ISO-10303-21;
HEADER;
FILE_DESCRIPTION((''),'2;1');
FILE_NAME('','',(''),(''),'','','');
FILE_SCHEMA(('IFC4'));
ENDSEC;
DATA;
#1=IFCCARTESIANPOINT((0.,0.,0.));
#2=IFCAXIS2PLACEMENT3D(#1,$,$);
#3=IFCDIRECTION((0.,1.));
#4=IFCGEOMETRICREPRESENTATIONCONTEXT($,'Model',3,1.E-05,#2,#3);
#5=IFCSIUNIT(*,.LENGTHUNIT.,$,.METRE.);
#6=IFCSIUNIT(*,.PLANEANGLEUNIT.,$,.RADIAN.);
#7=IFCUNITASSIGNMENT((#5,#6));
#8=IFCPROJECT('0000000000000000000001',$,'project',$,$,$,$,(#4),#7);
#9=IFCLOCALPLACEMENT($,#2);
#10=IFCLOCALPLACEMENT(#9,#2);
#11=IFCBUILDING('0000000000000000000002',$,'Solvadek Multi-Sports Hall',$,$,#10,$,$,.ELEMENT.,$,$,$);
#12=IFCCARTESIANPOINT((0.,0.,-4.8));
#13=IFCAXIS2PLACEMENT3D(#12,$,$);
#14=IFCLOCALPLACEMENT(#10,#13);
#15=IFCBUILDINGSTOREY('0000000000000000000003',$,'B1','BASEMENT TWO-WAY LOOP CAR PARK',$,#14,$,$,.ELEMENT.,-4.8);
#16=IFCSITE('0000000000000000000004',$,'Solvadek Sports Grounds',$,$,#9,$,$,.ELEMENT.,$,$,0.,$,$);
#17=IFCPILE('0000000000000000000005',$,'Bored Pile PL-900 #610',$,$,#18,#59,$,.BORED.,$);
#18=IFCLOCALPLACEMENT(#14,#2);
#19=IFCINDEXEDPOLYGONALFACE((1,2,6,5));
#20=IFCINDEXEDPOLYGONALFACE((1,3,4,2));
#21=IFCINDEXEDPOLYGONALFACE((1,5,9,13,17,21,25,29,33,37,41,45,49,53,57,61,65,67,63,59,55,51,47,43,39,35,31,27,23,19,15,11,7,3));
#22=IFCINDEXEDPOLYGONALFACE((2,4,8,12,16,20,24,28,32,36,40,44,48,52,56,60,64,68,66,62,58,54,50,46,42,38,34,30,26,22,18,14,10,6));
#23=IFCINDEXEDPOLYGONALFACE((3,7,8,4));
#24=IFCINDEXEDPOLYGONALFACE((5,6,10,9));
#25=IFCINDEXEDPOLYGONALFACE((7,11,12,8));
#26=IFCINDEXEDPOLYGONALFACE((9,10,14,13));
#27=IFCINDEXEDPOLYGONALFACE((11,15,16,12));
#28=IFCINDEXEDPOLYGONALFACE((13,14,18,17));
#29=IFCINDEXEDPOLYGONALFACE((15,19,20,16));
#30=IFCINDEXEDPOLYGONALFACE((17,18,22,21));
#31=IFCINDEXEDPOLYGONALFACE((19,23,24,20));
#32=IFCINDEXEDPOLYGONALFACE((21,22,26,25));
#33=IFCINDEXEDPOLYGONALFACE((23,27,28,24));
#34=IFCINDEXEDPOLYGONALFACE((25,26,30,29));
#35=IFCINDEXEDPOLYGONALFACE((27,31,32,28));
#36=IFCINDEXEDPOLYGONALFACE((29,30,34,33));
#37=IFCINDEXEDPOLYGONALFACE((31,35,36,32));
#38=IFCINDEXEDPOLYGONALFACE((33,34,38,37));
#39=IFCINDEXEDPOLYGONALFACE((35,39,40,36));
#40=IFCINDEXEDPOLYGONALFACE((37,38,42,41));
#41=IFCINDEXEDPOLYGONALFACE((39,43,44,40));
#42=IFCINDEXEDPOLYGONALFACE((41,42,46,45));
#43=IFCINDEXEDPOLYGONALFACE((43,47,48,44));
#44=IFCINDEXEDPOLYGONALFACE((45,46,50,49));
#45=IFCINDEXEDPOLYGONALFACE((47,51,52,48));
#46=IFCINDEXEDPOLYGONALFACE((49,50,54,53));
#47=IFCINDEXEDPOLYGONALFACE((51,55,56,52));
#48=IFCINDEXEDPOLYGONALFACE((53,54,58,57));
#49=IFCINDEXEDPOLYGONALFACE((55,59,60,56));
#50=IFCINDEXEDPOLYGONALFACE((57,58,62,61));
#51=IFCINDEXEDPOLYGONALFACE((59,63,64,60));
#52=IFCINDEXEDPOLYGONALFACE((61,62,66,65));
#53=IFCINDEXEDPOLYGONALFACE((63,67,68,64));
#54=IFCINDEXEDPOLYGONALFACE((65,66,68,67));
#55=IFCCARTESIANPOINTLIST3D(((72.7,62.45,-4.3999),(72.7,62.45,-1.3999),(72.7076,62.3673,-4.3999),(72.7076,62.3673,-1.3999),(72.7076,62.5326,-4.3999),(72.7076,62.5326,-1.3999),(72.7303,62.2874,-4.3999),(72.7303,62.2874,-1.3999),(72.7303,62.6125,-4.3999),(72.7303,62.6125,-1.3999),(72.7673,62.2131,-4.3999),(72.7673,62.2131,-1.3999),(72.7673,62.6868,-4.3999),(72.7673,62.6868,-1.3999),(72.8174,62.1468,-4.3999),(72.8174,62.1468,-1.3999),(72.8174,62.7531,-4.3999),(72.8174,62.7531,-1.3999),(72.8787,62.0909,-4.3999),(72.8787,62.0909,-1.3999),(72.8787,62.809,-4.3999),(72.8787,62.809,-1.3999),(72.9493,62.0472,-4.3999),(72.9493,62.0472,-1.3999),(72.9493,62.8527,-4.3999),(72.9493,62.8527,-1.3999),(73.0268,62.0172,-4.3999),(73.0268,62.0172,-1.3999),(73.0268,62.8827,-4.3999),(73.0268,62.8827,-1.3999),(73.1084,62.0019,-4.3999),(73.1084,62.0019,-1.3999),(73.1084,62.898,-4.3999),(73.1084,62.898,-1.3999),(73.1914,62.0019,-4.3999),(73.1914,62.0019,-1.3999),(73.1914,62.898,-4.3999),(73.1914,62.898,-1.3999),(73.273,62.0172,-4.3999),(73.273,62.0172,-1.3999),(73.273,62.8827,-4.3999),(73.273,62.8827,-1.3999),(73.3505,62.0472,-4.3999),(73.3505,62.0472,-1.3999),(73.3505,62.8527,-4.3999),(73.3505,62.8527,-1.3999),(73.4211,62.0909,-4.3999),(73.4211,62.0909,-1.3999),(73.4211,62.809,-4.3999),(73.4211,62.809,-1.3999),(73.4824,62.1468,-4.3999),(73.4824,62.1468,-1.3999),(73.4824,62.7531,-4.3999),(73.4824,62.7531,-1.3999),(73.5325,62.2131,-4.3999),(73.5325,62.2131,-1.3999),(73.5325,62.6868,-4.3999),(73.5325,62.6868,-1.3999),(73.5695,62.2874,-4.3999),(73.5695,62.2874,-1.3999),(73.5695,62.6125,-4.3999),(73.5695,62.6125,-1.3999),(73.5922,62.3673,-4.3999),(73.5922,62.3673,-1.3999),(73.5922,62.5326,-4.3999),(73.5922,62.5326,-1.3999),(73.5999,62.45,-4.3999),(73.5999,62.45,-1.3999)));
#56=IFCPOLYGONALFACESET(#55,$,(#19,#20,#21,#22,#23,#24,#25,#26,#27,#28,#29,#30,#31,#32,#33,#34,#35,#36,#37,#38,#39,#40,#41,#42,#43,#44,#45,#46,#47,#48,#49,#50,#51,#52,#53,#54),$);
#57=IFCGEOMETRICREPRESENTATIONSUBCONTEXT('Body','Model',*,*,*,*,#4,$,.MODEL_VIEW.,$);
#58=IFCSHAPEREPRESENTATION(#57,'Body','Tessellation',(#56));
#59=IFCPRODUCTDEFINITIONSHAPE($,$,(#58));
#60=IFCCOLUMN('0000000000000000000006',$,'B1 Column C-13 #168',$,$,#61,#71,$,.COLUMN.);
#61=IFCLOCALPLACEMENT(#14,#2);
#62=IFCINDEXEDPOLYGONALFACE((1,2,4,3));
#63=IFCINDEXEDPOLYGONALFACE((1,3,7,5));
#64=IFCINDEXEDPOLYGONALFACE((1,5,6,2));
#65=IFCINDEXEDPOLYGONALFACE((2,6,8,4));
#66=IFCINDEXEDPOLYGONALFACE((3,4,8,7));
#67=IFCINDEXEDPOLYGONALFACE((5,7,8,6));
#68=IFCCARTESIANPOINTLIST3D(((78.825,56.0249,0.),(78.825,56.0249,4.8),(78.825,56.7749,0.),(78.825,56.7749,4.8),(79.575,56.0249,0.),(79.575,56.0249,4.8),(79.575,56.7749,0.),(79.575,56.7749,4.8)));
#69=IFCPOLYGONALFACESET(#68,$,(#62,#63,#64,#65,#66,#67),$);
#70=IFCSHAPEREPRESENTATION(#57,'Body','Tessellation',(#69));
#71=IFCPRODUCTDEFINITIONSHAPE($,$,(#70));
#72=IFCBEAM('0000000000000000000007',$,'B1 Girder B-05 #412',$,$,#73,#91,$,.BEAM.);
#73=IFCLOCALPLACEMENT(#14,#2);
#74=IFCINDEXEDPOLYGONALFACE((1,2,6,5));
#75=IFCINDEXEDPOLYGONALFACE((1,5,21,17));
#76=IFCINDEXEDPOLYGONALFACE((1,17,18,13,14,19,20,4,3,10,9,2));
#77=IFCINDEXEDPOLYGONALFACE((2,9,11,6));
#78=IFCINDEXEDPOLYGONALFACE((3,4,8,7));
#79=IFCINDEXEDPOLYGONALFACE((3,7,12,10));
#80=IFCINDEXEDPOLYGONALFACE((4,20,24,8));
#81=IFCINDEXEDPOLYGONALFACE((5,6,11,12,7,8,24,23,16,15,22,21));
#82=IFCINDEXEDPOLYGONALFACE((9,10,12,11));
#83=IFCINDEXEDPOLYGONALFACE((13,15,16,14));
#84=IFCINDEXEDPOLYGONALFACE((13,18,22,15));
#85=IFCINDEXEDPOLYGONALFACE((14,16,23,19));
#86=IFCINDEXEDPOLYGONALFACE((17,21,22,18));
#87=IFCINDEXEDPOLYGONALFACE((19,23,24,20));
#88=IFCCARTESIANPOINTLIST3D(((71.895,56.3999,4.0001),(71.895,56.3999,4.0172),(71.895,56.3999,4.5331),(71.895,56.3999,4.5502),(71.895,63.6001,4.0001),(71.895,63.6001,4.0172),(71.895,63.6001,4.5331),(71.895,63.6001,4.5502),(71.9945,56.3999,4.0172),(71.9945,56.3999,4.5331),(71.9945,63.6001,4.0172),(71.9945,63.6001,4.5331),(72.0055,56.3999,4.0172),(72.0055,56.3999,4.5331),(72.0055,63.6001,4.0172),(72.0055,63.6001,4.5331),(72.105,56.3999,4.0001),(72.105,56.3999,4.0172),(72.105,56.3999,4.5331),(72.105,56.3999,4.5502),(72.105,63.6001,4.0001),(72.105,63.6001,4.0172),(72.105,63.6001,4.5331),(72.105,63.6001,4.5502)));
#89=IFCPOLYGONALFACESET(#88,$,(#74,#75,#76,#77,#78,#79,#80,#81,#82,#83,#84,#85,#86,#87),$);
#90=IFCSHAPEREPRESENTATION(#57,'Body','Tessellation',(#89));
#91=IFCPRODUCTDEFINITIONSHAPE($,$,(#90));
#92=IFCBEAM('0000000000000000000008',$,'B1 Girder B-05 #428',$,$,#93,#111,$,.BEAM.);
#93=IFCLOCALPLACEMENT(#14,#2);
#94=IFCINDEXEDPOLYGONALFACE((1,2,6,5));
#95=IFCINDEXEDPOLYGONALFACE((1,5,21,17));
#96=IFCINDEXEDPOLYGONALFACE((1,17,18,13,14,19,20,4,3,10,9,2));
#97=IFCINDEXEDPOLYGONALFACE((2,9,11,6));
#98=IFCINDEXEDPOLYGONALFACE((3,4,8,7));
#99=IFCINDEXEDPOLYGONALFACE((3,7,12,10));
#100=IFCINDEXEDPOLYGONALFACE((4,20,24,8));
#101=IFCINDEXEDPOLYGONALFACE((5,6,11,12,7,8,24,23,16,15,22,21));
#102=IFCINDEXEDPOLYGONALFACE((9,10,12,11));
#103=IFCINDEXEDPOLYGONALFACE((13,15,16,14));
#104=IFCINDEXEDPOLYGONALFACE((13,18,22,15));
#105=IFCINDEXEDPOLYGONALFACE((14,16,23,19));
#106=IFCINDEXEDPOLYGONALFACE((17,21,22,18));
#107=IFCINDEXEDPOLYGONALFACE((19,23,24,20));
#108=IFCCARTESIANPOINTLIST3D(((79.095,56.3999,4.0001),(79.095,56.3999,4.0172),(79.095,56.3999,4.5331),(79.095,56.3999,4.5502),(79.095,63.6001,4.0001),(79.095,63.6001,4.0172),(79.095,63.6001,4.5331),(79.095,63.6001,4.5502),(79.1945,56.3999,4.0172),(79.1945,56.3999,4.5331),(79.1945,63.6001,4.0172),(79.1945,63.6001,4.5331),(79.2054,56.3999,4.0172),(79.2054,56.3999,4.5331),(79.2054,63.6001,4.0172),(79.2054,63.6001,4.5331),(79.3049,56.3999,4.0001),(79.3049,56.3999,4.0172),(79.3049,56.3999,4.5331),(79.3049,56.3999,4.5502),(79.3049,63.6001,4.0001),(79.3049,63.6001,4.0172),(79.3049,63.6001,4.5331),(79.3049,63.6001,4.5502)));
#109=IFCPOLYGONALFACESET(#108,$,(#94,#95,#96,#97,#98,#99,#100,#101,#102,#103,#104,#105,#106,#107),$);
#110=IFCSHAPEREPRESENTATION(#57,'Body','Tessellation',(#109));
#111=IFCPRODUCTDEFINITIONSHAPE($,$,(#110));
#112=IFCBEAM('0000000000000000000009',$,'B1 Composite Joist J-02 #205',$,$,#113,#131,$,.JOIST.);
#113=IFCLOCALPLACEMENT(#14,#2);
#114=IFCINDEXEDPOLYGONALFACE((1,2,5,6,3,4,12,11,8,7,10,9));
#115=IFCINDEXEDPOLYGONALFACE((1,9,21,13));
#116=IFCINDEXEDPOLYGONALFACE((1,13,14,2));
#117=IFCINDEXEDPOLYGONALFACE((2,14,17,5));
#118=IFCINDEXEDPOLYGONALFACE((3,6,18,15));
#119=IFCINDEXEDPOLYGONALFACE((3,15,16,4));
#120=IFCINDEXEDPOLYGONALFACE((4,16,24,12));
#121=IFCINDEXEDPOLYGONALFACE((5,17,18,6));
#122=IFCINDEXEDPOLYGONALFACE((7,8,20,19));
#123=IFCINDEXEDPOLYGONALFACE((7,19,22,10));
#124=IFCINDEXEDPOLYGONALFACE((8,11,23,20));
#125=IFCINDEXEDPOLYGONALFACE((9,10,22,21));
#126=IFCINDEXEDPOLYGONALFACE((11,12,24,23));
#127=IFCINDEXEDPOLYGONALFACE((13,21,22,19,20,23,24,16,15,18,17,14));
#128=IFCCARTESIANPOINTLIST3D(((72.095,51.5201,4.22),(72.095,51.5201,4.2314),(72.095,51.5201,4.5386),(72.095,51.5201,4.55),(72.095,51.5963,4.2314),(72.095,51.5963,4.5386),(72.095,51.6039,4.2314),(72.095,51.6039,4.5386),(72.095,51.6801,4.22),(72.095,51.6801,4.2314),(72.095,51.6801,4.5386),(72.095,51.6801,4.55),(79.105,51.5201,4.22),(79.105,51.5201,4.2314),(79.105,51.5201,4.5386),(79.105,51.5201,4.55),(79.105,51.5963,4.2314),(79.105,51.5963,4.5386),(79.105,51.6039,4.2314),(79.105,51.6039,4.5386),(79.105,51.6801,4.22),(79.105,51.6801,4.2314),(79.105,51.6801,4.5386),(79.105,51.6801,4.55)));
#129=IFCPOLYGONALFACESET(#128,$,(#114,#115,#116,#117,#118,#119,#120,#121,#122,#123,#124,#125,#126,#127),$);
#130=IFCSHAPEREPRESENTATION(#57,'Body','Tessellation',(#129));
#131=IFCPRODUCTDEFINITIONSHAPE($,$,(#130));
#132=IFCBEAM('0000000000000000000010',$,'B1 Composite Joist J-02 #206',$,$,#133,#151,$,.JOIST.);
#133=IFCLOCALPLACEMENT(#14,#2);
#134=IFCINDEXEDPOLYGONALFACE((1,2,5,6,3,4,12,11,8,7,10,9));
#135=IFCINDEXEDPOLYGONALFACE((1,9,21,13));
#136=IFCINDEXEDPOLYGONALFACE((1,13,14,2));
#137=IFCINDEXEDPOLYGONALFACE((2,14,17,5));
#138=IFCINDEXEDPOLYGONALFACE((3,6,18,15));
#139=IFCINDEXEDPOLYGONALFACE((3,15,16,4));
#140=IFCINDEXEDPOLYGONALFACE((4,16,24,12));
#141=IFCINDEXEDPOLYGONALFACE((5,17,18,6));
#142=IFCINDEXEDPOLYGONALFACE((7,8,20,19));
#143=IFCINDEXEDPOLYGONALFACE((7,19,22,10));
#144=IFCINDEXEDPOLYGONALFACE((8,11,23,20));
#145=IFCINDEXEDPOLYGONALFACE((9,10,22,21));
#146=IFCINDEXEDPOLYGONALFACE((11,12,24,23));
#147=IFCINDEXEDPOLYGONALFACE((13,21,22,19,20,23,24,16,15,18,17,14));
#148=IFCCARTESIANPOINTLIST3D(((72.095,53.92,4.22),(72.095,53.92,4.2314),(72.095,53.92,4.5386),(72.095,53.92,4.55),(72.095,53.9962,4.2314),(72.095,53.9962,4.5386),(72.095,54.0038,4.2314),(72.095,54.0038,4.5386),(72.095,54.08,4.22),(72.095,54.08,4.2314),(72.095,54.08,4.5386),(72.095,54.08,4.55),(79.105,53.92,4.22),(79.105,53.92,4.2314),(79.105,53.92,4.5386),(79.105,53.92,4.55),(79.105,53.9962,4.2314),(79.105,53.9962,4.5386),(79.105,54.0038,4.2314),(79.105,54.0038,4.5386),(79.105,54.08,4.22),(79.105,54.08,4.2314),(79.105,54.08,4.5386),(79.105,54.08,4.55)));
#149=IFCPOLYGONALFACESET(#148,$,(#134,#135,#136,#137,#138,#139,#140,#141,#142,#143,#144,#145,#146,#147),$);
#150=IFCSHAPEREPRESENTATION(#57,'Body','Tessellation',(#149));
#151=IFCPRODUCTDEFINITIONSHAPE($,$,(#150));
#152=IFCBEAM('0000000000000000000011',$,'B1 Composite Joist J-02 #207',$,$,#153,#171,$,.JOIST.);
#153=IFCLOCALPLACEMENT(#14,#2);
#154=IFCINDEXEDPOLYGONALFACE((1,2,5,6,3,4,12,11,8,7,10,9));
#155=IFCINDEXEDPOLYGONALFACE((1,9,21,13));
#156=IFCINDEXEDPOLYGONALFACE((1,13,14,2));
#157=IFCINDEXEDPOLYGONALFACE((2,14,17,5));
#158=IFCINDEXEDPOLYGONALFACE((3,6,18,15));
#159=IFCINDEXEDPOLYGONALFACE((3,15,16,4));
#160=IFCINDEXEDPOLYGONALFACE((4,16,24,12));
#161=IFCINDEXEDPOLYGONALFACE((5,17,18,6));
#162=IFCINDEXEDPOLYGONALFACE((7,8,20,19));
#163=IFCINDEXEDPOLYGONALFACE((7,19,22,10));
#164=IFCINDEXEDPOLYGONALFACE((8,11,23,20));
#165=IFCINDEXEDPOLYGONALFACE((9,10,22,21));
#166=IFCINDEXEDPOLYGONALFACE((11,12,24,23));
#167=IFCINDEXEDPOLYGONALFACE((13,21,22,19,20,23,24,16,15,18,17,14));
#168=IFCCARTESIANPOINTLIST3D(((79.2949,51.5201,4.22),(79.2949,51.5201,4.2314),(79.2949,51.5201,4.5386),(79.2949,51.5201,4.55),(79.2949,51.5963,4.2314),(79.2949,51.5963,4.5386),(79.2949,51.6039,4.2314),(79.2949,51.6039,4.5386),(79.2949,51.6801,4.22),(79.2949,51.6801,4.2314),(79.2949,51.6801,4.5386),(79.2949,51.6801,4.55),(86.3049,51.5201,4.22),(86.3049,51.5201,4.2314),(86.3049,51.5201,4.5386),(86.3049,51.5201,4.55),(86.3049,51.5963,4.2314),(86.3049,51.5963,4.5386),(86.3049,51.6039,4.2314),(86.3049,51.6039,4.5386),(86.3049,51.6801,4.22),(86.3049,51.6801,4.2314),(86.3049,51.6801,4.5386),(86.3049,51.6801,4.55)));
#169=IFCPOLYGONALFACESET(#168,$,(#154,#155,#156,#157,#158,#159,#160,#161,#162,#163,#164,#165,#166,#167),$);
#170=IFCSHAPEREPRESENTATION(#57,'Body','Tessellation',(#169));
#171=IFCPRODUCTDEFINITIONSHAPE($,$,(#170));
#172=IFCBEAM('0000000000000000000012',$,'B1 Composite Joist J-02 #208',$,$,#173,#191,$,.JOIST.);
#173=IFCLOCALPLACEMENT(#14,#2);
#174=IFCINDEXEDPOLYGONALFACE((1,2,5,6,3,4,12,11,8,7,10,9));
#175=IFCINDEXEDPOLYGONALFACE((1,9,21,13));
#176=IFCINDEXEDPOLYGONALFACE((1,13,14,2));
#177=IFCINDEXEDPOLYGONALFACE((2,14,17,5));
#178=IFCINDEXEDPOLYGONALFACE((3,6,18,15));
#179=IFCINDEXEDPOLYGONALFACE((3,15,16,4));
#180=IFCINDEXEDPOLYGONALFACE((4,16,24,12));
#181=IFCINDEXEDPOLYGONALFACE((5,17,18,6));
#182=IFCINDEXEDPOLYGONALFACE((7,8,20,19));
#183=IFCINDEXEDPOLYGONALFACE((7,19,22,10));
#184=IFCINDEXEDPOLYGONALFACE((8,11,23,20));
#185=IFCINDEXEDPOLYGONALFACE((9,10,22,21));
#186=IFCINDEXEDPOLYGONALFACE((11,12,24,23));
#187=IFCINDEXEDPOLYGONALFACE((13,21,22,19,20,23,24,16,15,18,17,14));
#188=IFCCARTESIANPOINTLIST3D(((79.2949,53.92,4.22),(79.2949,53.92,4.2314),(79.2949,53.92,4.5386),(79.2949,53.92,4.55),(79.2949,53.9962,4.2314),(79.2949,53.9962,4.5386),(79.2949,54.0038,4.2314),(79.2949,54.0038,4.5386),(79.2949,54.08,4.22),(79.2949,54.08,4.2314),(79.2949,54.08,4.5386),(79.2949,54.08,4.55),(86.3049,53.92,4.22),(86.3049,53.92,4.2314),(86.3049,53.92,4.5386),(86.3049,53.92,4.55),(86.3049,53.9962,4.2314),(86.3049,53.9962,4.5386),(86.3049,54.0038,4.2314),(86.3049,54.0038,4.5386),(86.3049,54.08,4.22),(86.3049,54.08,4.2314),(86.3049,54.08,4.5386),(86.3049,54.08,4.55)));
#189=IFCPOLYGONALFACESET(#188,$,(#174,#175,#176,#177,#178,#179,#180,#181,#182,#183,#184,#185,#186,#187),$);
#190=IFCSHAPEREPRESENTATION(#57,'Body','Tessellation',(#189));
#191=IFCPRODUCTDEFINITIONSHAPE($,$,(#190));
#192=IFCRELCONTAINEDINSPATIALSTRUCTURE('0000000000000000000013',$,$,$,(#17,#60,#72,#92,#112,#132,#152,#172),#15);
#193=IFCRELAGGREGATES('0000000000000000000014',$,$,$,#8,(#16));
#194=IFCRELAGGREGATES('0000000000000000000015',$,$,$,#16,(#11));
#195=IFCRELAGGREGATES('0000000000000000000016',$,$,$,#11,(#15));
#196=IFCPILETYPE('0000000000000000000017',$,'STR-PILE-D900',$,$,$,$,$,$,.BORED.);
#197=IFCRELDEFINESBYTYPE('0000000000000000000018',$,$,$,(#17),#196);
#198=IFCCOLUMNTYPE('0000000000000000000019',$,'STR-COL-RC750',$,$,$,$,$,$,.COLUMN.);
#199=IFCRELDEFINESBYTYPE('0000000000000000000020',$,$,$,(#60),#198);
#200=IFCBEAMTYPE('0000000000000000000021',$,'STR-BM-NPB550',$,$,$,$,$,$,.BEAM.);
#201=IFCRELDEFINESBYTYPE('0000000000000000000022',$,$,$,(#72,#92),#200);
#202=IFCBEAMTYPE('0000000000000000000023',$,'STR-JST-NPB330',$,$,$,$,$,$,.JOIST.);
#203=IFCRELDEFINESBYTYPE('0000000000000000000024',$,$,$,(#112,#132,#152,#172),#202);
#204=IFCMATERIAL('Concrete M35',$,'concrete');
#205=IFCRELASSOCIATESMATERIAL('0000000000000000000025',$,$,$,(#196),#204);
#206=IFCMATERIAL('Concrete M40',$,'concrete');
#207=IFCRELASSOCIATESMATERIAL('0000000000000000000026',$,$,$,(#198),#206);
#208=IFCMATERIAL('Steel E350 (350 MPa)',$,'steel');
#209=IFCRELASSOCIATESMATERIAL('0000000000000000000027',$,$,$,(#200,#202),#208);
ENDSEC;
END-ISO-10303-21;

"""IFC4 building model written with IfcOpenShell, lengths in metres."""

from ifc_helpers import new_model, si_unit, direction, frame, origin, origin_2d, place, context, subcontext, project, spatial, rectangle, circle, i_section, extrude, material, material_profile, profile_set, type_object, element, save


model = new_model("IFC4")

# Units and contexts
model_context = context("Model", 3, precision=1e-05, world=origin(), true_north=direction((0.0, 1.0)))
body_context = subcontext(model_context, "Body", "Model", "MODEL_VIEW")
ifc_project = project(units=[si_unit("LENGTHUNIT", "METRE"), si_unit("PLANEANGLEUNIT", "RADIAN")], contexts=[model_context])

# Site, building, storey
site_placement = place(None, origin())
site = spatial("IfcSite", under=ifc_project, at=site_placement, Name="Solvadek Sports Grounds", CompositionType="ELEMENT", RefElevation=0.0)
building_placement = place(site_placement, origin())
building = spatial("IfcBuilding", under=site, at=building_placement, Name="Solvadek Multi-Sports Hall", CompositionType="ELEMENT")
storey_placement = place(building_placement, frame((0.0, 0.0, -4.8)))
storey = spatial("IfcBuildingStorey", under=building, at=storey_placement, Name="B1", Description="BASEMENT TWO-WAY LOOP CAR PARK", CompositionType="ELEMENT", Elevation=-4.8)

# Shared definitions
ifc_material_1 = material(Name="Concrete M40", Category="concrete")

# Pile
ifc_material_2 = material(Name="Concrete M35", Category="concrete")
ifc_material_profile_1 = material_profile(ifc_material_2, circle(Radius=0.45, at=origin_2d()), Name="BORED PILE D900")
ifc_profile_set_1 = profile_set([ifc_material_profile_1], Name="Concrete M35")
pile_type_1 = type_object("IfcPileType", Name="STR-PILE-D900", PredefinedType="BORED", material=ifc_profile_set_1)
pile_1_placement = place(storey_placement, frame((73.1499, 62.45, -1.3999), z_axis=(0.0, 0.0, -1.0), x_axis=(1.0, 0.0, 0.0)))
element("IfcPile", 1, at=pile_1_placement, inside=storey, type_object=pile_type_1, Name="Bored Pile PL-900 #610", PredefinedType="BORED", context=body_context, shape_type="SweptSolid", body=[
    extrude(circle(Radius=0.45, at=origin_2d()), origin(), (0.0, 0.0, 1.0), 3.0),
])

# Column
ifc_material_profile_2 = material_profile(ifc_material_1, rectangle(XDim=0.75, YDim=0.75, at=origin_2d()), Name="RC 750x750")
ifc_profile_set_2 = profile_set([ifc_material_profile_2], Name="Concrete M40")
column_type = type_object("IfcColumnType", Name="STR-COL-RC750", PredefinedType="COLUMN", material=ifc_profile_set_2)
column_placement = place(storey_placement, frame((79.2, 56.3999, 0.0), z_axis=(0.0, 0.0, 1.0), x_axis=(1.0, 0.0, 0.0)))
element("IfcColumn", 2, at=column_placement, inside=storey, type_object=column_type, Name="B1 Column C-13 #168", PredefinedType="COLUMN", context=body_context, shape_type="SweptSolid", body=[
    extrude(rectangle(XDim=0.75, YDim=0.75, at=origin_2d()), origin(), (0.0, 0.0, 1.0), 4.8),
])

# Beams
ifc_material_3 = material(Name="Steel E350 (350 MPa)", Category="steel")
ifc_material_profile_3 = material_profile(ifc_material_3, i_section(OverallWidth=0.21, OverallDepth=0.55, WebThickness=0.011, FlangeThickness=0.0171, at=origin_2d()), Name="NPB 550")
ifc_profile_set_3 = profile_set([ifc_material_profile_3], Name="Steel E350 (350 MPa)")
beam_type_1 = type_object("IfcBeamType", Name="STR-BM-NPB550", PredefinedType="BEAM", material=ifc_profile_set_3)
for number, where, z_axis, x_axis, name in (
    (3, (72.0, 56.3999, 4.2751), (0.0, 1.0, 0.0), (-1.0, 0.0, 0.0), "B1 Girder B-05 #412"),
    (4, (79.2, 56.3999, 4.2751), (0.0, 1.0, 0.0), (-1.0, 0.0, 0.0), "B1 Girder B-05 #428"),
):
    element("IfcBeam", number, at=place(storey_placement, frame(where, z_axis=z_axis, x_axis=x_axis)), inside=storey, type_object=beam_type_1, Name=name, PredefinedType="BEAM", context=body_context, shape_type="SweptSolid", body=[
        extrude(i_section(OverallWidth=0.21, OverallDepth=0.55, WebThickness=0.011, FlangeThickness=0.0171, at=origin_2d()), origin(), (0.0, 0.0, 1.0), 7.2002),
    ])
ifc_material_profile_4 = material_profile(ifc_material_3, i_section(OverallWidth=0.1599, OverallDepth=0.3301, WebThickness=0.0076, FlangeThickness=0.0115, at=origin_2d()), Name="NPB 330")
ifc_profile_set_4 = profile_set([ifc_material_profile_4], Name="Steel E350 (350 MPa)")
beam_type_2 = type_object("IfcBeamType", Name="STR-JST-NPB330", PredefinedType="JOIST", material=ifc_profile_set_4)
for number, where, z_axis, x_axis, name in (
    (5, (72.095, 51.6001, 4.385), (1.0, 0.0, 0.0), (0.0, 1.0, 0.0), "B1 Composite Joist J-02 #205"),
    (6, (72.095, 54.0, 4.385), (1.0, 0.0, 0.0), (0.0, 1.0, 0.0), "B1 Composite Joist J-02 #206"),
    (7, (79.2949, 51.6001, 4.385), (1.0, 0.0, 0.0), (0.0, 1.0, 0.0), "B1 Composite Joist J-02 #207"),
    (8, (79.2949, 54.0, 4.385), (1.0, 0.0, 0.0), (0.0, 1.0, 0.0), "B1 Composite Joist J-02 #208"),
):
    element("IfcBeam", number, at=place(storey_placement, frame(where, z_axis=z_axis, x_axis=x_axis)), inside=storey, type_object=beam_type_2, Name=name, PredefinedType="JOIST", context=body_context, shape_type="SweptSolid", body=[
        extrude(i_section(OverallWidth=0.1599, OverallDepth=0.3301, WebThickness=0.0076, FlangeThickness=0.0115, at=origin_2d()), origin(), (0.0, 0.0, 1.0), 7.01),
    ])

save(model, "model.ifc")
